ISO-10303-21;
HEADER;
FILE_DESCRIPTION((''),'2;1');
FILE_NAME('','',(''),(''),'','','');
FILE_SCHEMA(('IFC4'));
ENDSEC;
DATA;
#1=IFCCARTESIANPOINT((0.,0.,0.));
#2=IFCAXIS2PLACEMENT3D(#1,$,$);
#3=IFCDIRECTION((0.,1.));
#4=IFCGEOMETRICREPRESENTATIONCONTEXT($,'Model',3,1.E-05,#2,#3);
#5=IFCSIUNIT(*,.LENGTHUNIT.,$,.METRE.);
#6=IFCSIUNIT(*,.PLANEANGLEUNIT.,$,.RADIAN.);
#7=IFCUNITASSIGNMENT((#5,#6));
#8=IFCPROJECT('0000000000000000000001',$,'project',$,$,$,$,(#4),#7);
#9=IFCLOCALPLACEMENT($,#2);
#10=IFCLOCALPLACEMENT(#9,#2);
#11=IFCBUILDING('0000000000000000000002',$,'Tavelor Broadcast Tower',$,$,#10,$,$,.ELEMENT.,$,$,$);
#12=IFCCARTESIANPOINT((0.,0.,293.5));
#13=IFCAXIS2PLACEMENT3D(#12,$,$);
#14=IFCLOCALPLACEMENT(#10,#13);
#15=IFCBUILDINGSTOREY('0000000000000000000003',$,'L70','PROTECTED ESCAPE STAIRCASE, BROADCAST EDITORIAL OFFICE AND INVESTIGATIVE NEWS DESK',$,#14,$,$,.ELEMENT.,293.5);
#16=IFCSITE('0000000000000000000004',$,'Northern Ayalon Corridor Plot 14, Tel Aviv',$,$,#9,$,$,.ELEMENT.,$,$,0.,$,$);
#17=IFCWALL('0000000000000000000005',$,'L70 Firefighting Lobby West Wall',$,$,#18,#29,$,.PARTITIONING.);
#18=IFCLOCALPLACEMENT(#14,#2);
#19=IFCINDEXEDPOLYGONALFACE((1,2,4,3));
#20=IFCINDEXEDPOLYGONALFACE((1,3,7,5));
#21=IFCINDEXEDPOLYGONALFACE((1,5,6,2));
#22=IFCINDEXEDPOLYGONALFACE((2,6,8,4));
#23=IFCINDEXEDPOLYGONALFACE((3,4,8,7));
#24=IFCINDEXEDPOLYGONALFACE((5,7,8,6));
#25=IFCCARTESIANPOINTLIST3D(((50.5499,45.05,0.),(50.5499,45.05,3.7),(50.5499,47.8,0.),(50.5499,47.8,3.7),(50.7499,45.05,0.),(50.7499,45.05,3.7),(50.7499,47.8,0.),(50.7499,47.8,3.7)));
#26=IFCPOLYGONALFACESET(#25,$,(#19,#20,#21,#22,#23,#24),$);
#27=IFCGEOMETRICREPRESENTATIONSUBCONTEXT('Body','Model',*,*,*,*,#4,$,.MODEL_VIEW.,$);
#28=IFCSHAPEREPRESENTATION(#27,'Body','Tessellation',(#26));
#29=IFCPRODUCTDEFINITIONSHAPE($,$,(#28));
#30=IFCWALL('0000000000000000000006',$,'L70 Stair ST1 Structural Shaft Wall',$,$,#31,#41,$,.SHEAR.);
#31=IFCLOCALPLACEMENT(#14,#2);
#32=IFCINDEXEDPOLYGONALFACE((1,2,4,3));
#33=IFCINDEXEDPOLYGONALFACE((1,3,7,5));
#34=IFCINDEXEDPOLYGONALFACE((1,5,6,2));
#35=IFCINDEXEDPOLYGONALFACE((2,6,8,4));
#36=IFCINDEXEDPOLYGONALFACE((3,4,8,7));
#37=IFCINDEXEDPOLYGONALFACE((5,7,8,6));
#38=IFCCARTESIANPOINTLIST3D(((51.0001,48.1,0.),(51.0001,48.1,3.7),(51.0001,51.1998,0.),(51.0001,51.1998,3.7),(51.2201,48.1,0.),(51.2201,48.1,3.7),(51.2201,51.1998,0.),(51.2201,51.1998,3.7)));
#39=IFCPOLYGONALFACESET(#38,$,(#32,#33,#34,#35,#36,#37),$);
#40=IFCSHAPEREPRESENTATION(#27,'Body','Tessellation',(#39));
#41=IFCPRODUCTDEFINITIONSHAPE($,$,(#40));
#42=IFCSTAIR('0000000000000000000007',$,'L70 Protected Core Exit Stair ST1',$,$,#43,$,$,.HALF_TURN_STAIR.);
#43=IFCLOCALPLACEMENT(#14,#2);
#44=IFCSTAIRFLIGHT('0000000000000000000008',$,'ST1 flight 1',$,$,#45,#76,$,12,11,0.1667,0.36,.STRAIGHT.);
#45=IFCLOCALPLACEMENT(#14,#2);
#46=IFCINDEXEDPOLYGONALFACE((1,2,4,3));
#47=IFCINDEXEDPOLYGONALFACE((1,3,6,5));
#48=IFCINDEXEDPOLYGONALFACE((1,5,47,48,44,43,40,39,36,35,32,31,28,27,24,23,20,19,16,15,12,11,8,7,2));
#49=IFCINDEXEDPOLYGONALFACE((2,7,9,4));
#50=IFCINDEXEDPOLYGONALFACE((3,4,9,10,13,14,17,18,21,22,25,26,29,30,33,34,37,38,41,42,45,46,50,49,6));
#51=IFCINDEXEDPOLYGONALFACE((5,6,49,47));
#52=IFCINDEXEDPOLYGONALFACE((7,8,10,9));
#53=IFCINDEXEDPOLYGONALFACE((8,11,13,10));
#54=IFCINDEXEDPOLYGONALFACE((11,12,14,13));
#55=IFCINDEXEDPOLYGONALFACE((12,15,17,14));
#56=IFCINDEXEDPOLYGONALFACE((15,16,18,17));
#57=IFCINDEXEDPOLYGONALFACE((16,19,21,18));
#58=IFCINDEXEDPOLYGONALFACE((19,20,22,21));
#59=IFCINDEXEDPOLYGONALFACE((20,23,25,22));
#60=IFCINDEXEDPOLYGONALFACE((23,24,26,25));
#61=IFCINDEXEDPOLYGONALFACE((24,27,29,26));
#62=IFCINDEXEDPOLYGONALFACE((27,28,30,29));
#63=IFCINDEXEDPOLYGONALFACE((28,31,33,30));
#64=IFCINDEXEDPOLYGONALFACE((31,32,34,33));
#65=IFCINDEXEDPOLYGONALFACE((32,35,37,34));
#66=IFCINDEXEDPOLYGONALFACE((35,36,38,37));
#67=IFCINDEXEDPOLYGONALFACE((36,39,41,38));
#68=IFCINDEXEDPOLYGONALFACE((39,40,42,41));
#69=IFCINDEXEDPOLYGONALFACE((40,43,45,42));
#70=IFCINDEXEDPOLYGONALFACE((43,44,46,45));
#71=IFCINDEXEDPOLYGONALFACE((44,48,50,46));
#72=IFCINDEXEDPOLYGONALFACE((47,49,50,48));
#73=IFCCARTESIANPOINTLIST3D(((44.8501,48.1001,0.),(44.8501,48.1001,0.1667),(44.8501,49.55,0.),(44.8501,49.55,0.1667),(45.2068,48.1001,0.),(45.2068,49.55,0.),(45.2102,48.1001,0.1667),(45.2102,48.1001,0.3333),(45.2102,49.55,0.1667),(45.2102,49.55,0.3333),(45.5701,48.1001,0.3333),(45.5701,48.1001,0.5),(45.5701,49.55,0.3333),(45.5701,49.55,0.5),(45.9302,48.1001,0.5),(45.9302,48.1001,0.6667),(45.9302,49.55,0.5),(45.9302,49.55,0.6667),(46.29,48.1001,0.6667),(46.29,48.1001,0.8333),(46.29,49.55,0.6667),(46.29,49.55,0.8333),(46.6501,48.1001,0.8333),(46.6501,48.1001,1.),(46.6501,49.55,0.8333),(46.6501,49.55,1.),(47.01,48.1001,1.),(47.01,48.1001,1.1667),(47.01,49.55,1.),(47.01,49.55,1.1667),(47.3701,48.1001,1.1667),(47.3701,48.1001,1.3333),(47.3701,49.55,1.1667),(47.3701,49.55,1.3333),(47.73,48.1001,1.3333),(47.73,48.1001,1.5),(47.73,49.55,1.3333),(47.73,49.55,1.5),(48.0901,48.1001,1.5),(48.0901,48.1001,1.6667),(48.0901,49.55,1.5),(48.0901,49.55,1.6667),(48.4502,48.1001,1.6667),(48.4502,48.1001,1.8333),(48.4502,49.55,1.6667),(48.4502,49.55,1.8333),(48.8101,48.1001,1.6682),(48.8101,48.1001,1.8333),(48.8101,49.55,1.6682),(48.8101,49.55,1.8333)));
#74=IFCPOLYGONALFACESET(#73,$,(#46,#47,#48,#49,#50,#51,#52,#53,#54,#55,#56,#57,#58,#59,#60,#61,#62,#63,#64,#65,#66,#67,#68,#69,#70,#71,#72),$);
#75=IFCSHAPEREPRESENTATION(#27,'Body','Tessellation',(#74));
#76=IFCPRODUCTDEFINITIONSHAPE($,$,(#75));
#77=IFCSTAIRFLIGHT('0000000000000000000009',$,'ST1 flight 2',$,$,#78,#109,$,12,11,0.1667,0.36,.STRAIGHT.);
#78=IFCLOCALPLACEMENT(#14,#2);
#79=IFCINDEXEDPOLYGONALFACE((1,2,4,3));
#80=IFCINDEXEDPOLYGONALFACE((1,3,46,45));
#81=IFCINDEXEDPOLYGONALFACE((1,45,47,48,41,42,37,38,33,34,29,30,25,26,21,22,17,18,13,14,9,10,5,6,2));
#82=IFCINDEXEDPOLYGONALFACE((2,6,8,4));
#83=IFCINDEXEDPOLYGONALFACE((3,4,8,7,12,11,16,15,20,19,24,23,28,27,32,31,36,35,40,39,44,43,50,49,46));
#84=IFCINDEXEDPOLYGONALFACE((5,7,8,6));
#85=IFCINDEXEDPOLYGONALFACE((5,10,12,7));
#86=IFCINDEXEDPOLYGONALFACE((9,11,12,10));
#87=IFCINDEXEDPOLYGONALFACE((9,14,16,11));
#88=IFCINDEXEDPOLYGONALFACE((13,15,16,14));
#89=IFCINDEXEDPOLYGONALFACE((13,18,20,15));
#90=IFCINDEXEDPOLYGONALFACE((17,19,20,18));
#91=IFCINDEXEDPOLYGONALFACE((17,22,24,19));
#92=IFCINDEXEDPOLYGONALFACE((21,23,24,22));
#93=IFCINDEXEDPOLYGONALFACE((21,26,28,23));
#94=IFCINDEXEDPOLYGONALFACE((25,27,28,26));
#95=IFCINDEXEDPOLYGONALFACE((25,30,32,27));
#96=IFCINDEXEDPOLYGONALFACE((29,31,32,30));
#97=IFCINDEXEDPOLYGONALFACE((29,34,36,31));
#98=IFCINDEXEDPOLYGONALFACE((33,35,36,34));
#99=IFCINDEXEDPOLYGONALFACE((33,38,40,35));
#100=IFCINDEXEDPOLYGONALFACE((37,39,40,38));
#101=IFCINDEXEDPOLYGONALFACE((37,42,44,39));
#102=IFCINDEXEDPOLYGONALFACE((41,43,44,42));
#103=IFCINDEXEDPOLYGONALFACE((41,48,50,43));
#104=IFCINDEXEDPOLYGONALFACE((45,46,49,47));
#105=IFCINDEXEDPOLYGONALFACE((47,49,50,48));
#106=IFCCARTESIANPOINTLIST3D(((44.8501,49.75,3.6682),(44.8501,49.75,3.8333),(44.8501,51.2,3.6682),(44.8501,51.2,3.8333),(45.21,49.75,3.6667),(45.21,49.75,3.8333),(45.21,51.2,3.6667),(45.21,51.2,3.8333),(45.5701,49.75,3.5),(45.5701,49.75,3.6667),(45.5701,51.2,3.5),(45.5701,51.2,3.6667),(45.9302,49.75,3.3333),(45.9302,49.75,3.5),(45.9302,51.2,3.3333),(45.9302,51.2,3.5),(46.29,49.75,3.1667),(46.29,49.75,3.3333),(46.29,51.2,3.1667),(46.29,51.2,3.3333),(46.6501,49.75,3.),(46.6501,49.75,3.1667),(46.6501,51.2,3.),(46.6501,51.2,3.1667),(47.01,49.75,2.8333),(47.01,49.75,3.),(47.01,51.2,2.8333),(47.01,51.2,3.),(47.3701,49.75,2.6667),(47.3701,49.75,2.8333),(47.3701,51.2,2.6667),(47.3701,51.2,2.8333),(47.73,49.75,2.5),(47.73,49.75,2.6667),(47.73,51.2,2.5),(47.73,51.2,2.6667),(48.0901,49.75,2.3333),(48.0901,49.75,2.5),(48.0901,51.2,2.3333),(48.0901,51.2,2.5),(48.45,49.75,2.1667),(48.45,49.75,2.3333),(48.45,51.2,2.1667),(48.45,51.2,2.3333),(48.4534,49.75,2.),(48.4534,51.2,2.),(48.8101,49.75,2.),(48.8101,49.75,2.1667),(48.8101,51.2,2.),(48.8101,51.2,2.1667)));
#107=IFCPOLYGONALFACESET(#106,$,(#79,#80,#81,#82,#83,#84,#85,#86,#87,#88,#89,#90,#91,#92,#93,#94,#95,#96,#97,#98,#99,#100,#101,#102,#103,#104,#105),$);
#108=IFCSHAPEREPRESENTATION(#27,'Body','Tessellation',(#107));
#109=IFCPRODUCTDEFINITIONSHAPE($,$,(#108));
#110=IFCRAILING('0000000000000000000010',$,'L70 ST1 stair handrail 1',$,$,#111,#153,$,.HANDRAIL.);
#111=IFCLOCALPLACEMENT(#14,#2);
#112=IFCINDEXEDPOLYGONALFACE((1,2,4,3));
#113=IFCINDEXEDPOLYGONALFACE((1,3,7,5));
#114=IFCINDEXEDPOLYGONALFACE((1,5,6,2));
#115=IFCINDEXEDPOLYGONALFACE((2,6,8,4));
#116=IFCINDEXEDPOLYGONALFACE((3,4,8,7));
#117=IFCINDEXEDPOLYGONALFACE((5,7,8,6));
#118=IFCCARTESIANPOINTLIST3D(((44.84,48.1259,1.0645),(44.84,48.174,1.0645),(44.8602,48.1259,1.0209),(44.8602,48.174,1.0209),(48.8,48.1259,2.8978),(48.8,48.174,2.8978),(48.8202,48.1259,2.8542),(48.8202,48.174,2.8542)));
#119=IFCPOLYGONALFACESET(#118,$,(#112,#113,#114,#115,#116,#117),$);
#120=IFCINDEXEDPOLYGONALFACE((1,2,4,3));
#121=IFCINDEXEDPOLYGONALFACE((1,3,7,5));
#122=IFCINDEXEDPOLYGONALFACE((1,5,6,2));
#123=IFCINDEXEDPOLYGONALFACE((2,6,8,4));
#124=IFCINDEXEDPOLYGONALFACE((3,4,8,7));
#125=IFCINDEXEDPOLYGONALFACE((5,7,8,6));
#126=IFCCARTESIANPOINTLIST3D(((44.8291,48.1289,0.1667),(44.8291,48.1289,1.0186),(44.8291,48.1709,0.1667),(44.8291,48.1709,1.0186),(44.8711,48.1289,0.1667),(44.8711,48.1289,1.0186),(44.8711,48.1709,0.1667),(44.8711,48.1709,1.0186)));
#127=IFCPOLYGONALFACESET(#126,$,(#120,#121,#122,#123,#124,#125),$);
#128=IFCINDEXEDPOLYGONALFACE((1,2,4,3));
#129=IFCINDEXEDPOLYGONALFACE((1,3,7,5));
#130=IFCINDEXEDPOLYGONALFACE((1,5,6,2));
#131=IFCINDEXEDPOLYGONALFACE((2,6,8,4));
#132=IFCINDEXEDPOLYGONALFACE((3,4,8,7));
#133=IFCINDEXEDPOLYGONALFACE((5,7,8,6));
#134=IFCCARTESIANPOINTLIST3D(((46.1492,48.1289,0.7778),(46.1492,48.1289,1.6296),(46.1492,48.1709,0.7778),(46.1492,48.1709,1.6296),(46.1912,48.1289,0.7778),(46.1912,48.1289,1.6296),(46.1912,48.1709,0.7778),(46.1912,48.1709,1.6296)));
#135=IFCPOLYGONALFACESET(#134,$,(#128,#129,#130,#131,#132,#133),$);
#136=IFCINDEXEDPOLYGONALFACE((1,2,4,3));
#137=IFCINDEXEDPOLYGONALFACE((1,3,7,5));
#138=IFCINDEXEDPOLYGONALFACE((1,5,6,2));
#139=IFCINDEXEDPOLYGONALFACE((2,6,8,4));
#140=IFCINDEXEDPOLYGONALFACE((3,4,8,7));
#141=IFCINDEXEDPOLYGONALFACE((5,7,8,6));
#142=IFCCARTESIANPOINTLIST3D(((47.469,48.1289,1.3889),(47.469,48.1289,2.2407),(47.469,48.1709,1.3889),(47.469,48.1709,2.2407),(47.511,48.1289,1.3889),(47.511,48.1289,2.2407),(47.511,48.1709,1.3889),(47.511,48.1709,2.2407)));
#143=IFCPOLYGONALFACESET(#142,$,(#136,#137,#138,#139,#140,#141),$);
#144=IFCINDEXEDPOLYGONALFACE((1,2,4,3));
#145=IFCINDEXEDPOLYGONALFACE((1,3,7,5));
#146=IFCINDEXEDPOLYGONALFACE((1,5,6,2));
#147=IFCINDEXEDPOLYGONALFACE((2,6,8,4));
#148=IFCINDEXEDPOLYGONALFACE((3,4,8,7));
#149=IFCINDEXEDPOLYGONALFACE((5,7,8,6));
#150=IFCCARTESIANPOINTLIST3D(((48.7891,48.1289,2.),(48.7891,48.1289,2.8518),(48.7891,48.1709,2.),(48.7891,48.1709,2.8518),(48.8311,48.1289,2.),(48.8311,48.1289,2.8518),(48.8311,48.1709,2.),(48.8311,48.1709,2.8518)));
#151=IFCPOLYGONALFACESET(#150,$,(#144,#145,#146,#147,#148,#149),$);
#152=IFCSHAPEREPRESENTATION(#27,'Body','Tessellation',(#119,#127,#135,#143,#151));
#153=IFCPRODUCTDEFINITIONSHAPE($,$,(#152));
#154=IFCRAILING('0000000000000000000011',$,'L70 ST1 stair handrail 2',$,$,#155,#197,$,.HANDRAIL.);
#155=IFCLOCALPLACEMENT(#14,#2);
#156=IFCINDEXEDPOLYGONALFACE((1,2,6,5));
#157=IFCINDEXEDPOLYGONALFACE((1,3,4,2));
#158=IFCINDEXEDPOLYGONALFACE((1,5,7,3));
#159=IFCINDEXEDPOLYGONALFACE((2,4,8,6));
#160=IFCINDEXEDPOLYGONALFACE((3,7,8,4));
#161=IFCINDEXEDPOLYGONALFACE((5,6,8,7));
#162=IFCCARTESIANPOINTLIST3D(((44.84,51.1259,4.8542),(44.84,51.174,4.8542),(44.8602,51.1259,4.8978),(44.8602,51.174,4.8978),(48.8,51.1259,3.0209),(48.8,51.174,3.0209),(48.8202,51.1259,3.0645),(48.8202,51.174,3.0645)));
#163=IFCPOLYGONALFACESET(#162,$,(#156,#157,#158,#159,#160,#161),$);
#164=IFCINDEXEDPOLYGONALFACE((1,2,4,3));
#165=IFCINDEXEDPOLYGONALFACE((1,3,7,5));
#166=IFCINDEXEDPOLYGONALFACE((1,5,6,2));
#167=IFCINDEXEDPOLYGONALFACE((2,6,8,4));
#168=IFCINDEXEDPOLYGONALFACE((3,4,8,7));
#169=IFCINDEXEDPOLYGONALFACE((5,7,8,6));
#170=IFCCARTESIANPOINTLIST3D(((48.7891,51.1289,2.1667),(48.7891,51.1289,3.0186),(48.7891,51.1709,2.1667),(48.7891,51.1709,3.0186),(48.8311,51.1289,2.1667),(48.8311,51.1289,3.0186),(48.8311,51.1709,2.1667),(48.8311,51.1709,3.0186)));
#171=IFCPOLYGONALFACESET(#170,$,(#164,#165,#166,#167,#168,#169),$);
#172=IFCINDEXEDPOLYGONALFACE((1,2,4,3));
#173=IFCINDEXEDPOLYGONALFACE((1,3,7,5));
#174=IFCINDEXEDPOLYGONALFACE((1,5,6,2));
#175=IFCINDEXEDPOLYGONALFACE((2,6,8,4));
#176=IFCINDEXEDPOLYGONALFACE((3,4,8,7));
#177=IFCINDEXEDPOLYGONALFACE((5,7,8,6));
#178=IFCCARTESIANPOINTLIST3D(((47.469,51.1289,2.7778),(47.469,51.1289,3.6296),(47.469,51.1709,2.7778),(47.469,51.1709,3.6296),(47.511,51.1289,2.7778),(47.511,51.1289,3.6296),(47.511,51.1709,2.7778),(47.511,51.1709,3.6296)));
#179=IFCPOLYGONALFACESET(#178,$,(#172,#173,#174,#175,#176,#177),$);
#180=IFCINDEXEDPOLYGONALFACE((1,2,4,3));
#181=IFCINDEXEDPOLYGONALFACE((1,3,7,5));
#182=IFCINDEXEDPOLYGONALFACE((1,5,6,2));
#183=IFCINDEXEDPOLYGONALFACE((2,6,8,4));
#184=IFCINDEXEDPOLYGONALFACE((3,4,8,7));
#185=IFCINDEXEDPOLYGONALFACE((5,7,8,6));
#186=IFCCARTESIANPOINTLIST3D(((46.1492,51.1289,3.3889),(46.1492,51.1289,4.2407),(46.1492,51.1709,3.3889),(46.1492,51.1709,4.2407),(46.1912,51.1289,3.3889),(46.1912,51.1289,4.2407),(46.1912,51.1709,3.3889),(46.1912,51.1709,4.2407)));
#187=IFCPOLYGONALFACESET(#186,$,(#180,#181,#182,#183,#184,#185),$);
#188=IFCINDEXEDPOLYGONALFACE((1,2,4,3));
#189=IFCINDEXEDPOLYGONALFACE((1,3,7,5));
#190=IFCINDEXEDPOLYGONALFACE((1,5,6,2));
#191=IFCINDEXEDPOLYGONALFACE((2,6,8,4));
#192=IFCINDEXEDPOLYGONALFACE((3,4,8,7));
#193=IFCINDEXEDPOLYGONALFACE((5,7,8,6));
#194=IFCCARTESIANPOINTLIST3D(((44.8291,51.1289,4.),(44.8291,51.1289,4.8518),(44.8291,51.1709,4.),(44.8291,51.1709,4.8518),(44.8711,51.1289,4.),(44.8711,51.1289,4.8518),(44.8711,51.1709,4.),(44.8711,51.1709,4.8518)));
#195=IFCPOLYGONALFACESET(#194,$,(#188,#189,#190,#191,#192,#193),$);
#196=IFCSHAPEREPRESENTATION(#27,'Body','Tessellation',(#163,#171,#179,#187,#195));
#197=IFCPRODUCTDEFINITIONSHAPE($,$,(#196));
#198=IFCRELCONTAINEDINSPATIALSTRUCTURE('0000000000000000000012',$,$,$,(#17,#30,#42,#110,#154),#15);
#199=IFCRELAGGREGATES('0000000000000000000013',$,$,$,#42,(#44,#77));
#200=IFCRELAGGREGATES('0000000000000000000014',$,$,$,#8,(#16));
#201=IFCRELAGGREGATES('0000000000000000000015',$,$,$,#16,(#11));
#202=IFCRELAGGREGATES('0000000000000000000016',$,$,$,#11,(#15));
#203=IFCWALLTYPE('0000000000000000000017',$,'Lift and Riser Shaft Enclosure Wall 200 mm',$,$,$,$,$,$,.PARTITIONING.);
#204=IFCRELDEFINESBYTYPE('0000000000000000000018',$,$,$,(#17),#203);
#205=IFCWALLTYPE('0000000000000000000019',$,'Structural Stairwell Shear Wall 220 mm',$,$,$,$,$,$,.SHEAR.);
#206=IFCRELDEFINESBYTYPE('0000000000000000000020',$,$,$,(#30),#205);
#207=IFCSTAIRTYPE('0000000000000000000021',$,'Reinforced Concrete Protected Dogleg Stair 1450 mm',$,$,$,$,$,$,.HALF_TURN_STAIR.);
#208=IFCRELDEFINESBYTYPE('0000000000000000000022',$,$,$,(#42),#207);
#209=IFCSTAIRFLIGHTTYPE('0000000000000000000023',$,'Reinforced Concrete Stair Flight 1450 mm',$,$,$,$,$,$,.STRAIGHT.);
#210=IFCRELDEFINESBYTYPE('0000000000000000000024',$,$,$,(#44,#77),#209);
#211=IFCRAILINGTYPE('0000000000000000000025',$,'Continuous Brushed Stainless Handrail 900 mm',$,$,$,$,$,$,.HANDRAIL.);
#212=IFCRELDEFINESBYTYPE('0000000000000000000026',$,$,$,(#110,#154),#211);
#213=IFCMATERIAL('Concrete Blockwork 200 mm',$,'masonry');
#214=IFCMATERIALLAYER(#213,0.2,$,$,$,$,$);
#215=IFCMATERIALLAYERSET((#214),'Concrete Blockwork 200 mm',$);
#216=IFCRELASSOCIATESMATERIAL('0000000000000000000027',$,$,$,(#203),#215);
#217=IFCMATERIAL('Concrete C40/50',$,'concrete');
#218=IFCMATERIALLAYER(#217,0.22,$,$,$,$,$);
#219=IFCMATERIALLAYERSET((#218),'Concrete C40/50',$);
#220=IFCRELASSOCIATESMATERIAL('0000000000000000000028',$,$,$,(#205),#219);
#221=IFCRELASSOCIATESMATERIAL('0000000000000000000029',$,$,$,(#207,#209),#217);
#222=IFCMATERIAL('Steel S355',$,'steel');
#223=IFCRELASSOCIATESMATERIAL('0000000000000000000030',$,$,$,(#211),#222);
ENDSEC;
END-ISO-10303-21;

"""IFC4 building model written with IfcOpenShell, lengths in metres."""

from ifc_helpers import new_model, si_unit, direction, frame, frame_2d, origin, origin_2d, place, context, subcontext, project, spatial, polyline, rectangle, outline, extrude, material, layer, layer_set, type_object, element, aggregate, save


model = new_model("IFC4")

# Units and contexts
model_context = context("Model", 3, precision=1e-05, world=origin(), true_north=direction((0.0, 1.0)))
body_context = subcontext(model_context, "Body", "Model", "MODEL_VIEW")
ifc_project = project(units=[si_unit("LENGTHUNIT", "METRE"), si_unit("PLANEANGLEUNIT", "RADIAN")], contexts=[model_context])

# Site, building, storey
site_placement = place(None, origin())
site = spatial("IfcSite", under=ifc_project, at=site_placement, Name="Northern Ayalon Corridor Plot 14, Tel Aviv", CompositionType="ELEMENT", RefElevation=0.0)
building_placement = place(site_placement, origin())
building = spatial("IfcBuilding", under=site, at=building_placement, Name="Tavelor Broadcast Tower", CompositionType="ELEMENT")
storey_placement = place(building_placement, frame((0.0, 0.0, 293.5)))
storey = spatial("IfcBuildingStorey", under=building, at=storey_placement, Name="L70", Description="PROTECTED ESCAPE STAIRCASE, BROADCAST EDITORIAL OFFICE AND INVESTIGATIVE NEWS DESK", CompositionType="ELEMENT", Elevation=293.5)

# Shared definitions
ifc_material_1 = material(Name="Steel S355", Category="steel")

# Shared definitions
ifc_material_2 = material(Name="Concrete Blockwork 200 mm", Category="masonry")

# Shared definitions
ifc_layer_1 = layer(ifc_material_2, 0.2)
ifc_layer_set_1 = layer_set([ifc_layer_1], Name="Concrete Blockwork 200 mm")
wall_type_1 = type_object("IfcWallType", Name="Lift and Riser Shaft Enclosure Wall 200 mm", PredefinedType="PARTITIONING", material=ifc_layer_set_1)

# Walls
wall_1_placement = place(storey_placement, frame((50.6499, 45.05, 0.0), z_axis=(0.0, 0.0, 1.0), x_axis=(0.0, 1.0, 0.0)))
element("IfcWall", 1, at=wall_1_placement, inside=storey, type_object=wall_type_1, Name="L70 Firefighting Lobby West Wall", PredefinedType="PARTITIONING", context=body_context, shape_type="SweptSolid", body=[
    extrude(rectangle(XDim=2.75, YDim=0.2, at=frame_2d((1.375, 0.0))), origin(), (0.0, 0.0, 1.0), 3.7),
])
ifc_material_3 = material(Name="Concrete C40/50", Category="concrete")
ifc_layer_2 = layer(ifc_material_3, 0.22)
ifc_layer_set_2 = layer_set([ifc_layer_2], Name="Concrete C40/50")
wall_type_2 = type_object("IfcWallType", Name="Structural Stairwell Shear Wall 220 mm", PredefinedType="SHEAR", material=ifc_layer_set_2)
wall_2_placement = place(storey_placement, frame((51.1101, 48.1001, 0.0), z_axis=(0.0, 0.0, 1.0), x_axis=(0.0, 1.0, 0.0)))
element("IfcWall", 2, at=wall_2_placement, inside=storey, type_object=wall_type_2, Name="L70 Stair ST1 Structural Shaft Wall", PredefinedType="SHEAR", context=body_context, shape_type="SweptSolid", body=[
    extrude(rectangle(XDim=3.0999, YDim=0.22, at=frame_2d((1.5498, 0.0))), origin(), (0.0, 0.0, 1.0), 3.7),
])

# Stair, stair flights
stair_type = type_object("IfcStairType", Name="Reinforced Concrete Protected Dogleg Stair 1450 mm", PredefinedType="HALF_TURN_STAIR", material=ifc_material_3)
stair_placement = place(storey_placement, origin())
stair = element("IfcStair", 3, at=stair_placement, inside=storey, type_object=stair_type, Name="L70 Protected Core Exit Stair ST1", PredefinedType="HALF_TURN_STAIR")
stair_flight_type = type_object("IfcStairFlightType", Name="Reinforced Concrete Stair Flight 1450 mm", PredefinedType="STRAIGHT", material=ifc_material_3)
stair_flight_1_placement = place(storey_placement, frame((44.8501, 48.825, 0.0), z_axis=(0.0, 0.0, 1.0), x_axis=(1.0, 0.0, 0.0)))
stair_flight_1 = element("IfcStairFlight", 4, at=stair_flight_1_placement, type_object=stair_flight_type, Name="ST1 flight 1", NumberOfRisers=12, NumberOfTreads=11, PredefinedType="STRAIGHT", RiserHeight=0.1667, TreadLength=0.36, context=body_context, shape_type="SweptSolid", body=[
    extrude(outline(polyline([(0.0, 0.0), (0.0, 0.1667), (0.3601, 0.1667), (0.3601, 0.3333), (0.72, 0.3333), (0.72, 0.5), (1.0801, 0.5), (1.0801, 0.6667), (1.4399, 0.6667), (1.4399, 0.8333), (1.8, 0.8333), (1.8, 1.0), (2.1599, 1.0), (2.1599, 1.1667), (2.52, 1.1667), (2.52, 1.3333), (2.8799, 1.3333), (2.8799, 1.5), (3.24, 1.5), (3.24, 1.6667), (3.6001, 1.6667), (3.6001, 1.8333), (3.96, 1.8333), (3.96, 2.0), (3.96, 1.6682), (0.3567, 0.0), (0.0, 0.0)])), frame((0.0, 0.7251, 0.0), z_axis=(0.0, -1.0, 0.0), x_axis=(1.0, 0.0, 0.0)), (0.0, 0.0, 1.0), 1.45),
])
stair_flight_2_placement = place(storey_placement, frame((48.8101, 50.4751, 2.0), z_axis=(0.0, 0.0, 1.0), x_axis=(-1.0, 0.0, 0.0)))
stair_flight_2 = element("IfcStairFlight", 5, at=stair_flight_2_placement, type_object=stair_flight_type, Name="ST1 flight 2", NumberOfRisers=12, NumberOfTreads=11, PredefinedType="STRAIGHT", RiserHeight=0.1667, TreadLength=0.36, context=body_context, shape_type="SweptSolid", body=[
    extrude(outline(polyline([(0.0, 0.0), (0.0, 0.1667), (0.3601, 0.1667), (0.3601, 0.3333), (0.72, 0.3333), (0.72, 0.5), (1.0801, 0.5), (1.0801, 0.6667), (1.4399, 0.6667), (1.4399, 0.8333), (1.8, 0.8333), (1.8, 1.0), (2.1599, 1.0), (2.1599, 1.1667), (2.52, 1.1667), (2.52, 1.3333), (2.8799, 1.3333), (2.8799, 1.5), (3.24, 1.5), (3.24, 1.6667), (3.6001, 1.6667), (3.6001, 1.8333), (3.96, 1.8333), (3.96, 2.0), (3.96, 1.6682), (0.3567, 0.0), (0.0, 0.0)])), frame((0.0, 0.7251, 0.0), z_axis=(0.0, -1.0, 0.0), x_axis=(1.0, 0.0, 0.0)), (0.0, 0.0, 1.0), 1.45),
])
aggregate(stair, [stair_flight_1, stair_flight_2])

# Railings
railing_type_1 = type_object("IfcRailingType", Name="Continuous Brushed Stainless Handrail 900 mm", PredefinedType="HANDRAIL", material=ifc_material_1)
railing_1_placement = place(storey_placement, frame((44.8501, 48.1499, 0.1667)))
element("IfcRailing", 6, at=railing_1_placement, inside=storey, type_object=railing_type_1, Name="L70 ST1 stair handrail 1", PredefinedType="HANDRAIL", context=body_context, shape_type="SweptSolid", body=[
    extrude(rectangle(XDim=0.0481, YDim=0.0481, at=origin_2d()), frame((0.0, 0.0, 0.876), z_axis=(0.907472, 0.0, 0.420112), x_axis=(0.0, 1.0, 0.0)), (0.0, 0.0, 1.0), 4.3638),
    extrude(rectangle(XDim=0.042, YDim=0.042, at=origin_2d()), origin(), (0.0, 0.0, 1.0), 0.8518),
    extrude(rectangle(XDim=0.042, YDim=0.042, at=origin_2d()), frame((1.3201, 0.0, 0.6111)), (0.0, 0.0, 1.0), 0.8518),
    extrude(rectangle(XDim=0.042, YDim=0.042, at=origin_2d()), frame((2.6399, 0.0, 1.2222)), (0.0, 0.0, 1.0), 0.8518),
    extrude(rectangle(XDim=0.042, YDim=0.042, at=origin_2d()), frame((3.96, 0.0, 1.8333)), (0.0, 0.0, 1.0), 0.8518),
])
railing_2_placement = place(storey_placement, frame((48.8101, 51.1499, 2.1667)))
element("IfcRailing", 7, at=railing_2_placement, inside=storey, type_object=railing_type_1, Name="L70 ST1 stair handrail 2", PredefinedType="HANDRAIL", context=body_context, shape_type="SweptSolid", body=[
    extrude(rectangle(XDim=0.0481, YDim=0.0481, at=origin_2d()), frame((0.0, 0.0, 0.876), z_axis=(-0.907472, 0.0, 0.420112), x_axis=(0.0, -1.0, 0.0)), (0.0, 0.0, 1.0), 4.3638),
    extrude(rectangle(XDim=0.042, YDim=0.042, at=origin_2d()), origin(), (0.0, 0.0, 1.0), 0.8518),
    extrude(rectangle(XDim=0.042, YDim=0.042, at=origin_2d()), frame((-1.3201, 0.0, 0.6111)), (0.0, 0.0, 1.0), 0.8518),
    extrude(rectangle(XDim=0.042, YDim=0.042, at=origin_2d()), frame((-2.6399, 0.0, 1.2222)), (0.0, 0.0, 1.0), 0.8518),
    extrude(rectangle(XDim=0.042, YDim=0.042, at=origin_2d()), frame((-3.96, 0.0, 1.8333)), (0.0, 0.0, 1.0), 0.8518),
])

save(model, "model.ifc")
